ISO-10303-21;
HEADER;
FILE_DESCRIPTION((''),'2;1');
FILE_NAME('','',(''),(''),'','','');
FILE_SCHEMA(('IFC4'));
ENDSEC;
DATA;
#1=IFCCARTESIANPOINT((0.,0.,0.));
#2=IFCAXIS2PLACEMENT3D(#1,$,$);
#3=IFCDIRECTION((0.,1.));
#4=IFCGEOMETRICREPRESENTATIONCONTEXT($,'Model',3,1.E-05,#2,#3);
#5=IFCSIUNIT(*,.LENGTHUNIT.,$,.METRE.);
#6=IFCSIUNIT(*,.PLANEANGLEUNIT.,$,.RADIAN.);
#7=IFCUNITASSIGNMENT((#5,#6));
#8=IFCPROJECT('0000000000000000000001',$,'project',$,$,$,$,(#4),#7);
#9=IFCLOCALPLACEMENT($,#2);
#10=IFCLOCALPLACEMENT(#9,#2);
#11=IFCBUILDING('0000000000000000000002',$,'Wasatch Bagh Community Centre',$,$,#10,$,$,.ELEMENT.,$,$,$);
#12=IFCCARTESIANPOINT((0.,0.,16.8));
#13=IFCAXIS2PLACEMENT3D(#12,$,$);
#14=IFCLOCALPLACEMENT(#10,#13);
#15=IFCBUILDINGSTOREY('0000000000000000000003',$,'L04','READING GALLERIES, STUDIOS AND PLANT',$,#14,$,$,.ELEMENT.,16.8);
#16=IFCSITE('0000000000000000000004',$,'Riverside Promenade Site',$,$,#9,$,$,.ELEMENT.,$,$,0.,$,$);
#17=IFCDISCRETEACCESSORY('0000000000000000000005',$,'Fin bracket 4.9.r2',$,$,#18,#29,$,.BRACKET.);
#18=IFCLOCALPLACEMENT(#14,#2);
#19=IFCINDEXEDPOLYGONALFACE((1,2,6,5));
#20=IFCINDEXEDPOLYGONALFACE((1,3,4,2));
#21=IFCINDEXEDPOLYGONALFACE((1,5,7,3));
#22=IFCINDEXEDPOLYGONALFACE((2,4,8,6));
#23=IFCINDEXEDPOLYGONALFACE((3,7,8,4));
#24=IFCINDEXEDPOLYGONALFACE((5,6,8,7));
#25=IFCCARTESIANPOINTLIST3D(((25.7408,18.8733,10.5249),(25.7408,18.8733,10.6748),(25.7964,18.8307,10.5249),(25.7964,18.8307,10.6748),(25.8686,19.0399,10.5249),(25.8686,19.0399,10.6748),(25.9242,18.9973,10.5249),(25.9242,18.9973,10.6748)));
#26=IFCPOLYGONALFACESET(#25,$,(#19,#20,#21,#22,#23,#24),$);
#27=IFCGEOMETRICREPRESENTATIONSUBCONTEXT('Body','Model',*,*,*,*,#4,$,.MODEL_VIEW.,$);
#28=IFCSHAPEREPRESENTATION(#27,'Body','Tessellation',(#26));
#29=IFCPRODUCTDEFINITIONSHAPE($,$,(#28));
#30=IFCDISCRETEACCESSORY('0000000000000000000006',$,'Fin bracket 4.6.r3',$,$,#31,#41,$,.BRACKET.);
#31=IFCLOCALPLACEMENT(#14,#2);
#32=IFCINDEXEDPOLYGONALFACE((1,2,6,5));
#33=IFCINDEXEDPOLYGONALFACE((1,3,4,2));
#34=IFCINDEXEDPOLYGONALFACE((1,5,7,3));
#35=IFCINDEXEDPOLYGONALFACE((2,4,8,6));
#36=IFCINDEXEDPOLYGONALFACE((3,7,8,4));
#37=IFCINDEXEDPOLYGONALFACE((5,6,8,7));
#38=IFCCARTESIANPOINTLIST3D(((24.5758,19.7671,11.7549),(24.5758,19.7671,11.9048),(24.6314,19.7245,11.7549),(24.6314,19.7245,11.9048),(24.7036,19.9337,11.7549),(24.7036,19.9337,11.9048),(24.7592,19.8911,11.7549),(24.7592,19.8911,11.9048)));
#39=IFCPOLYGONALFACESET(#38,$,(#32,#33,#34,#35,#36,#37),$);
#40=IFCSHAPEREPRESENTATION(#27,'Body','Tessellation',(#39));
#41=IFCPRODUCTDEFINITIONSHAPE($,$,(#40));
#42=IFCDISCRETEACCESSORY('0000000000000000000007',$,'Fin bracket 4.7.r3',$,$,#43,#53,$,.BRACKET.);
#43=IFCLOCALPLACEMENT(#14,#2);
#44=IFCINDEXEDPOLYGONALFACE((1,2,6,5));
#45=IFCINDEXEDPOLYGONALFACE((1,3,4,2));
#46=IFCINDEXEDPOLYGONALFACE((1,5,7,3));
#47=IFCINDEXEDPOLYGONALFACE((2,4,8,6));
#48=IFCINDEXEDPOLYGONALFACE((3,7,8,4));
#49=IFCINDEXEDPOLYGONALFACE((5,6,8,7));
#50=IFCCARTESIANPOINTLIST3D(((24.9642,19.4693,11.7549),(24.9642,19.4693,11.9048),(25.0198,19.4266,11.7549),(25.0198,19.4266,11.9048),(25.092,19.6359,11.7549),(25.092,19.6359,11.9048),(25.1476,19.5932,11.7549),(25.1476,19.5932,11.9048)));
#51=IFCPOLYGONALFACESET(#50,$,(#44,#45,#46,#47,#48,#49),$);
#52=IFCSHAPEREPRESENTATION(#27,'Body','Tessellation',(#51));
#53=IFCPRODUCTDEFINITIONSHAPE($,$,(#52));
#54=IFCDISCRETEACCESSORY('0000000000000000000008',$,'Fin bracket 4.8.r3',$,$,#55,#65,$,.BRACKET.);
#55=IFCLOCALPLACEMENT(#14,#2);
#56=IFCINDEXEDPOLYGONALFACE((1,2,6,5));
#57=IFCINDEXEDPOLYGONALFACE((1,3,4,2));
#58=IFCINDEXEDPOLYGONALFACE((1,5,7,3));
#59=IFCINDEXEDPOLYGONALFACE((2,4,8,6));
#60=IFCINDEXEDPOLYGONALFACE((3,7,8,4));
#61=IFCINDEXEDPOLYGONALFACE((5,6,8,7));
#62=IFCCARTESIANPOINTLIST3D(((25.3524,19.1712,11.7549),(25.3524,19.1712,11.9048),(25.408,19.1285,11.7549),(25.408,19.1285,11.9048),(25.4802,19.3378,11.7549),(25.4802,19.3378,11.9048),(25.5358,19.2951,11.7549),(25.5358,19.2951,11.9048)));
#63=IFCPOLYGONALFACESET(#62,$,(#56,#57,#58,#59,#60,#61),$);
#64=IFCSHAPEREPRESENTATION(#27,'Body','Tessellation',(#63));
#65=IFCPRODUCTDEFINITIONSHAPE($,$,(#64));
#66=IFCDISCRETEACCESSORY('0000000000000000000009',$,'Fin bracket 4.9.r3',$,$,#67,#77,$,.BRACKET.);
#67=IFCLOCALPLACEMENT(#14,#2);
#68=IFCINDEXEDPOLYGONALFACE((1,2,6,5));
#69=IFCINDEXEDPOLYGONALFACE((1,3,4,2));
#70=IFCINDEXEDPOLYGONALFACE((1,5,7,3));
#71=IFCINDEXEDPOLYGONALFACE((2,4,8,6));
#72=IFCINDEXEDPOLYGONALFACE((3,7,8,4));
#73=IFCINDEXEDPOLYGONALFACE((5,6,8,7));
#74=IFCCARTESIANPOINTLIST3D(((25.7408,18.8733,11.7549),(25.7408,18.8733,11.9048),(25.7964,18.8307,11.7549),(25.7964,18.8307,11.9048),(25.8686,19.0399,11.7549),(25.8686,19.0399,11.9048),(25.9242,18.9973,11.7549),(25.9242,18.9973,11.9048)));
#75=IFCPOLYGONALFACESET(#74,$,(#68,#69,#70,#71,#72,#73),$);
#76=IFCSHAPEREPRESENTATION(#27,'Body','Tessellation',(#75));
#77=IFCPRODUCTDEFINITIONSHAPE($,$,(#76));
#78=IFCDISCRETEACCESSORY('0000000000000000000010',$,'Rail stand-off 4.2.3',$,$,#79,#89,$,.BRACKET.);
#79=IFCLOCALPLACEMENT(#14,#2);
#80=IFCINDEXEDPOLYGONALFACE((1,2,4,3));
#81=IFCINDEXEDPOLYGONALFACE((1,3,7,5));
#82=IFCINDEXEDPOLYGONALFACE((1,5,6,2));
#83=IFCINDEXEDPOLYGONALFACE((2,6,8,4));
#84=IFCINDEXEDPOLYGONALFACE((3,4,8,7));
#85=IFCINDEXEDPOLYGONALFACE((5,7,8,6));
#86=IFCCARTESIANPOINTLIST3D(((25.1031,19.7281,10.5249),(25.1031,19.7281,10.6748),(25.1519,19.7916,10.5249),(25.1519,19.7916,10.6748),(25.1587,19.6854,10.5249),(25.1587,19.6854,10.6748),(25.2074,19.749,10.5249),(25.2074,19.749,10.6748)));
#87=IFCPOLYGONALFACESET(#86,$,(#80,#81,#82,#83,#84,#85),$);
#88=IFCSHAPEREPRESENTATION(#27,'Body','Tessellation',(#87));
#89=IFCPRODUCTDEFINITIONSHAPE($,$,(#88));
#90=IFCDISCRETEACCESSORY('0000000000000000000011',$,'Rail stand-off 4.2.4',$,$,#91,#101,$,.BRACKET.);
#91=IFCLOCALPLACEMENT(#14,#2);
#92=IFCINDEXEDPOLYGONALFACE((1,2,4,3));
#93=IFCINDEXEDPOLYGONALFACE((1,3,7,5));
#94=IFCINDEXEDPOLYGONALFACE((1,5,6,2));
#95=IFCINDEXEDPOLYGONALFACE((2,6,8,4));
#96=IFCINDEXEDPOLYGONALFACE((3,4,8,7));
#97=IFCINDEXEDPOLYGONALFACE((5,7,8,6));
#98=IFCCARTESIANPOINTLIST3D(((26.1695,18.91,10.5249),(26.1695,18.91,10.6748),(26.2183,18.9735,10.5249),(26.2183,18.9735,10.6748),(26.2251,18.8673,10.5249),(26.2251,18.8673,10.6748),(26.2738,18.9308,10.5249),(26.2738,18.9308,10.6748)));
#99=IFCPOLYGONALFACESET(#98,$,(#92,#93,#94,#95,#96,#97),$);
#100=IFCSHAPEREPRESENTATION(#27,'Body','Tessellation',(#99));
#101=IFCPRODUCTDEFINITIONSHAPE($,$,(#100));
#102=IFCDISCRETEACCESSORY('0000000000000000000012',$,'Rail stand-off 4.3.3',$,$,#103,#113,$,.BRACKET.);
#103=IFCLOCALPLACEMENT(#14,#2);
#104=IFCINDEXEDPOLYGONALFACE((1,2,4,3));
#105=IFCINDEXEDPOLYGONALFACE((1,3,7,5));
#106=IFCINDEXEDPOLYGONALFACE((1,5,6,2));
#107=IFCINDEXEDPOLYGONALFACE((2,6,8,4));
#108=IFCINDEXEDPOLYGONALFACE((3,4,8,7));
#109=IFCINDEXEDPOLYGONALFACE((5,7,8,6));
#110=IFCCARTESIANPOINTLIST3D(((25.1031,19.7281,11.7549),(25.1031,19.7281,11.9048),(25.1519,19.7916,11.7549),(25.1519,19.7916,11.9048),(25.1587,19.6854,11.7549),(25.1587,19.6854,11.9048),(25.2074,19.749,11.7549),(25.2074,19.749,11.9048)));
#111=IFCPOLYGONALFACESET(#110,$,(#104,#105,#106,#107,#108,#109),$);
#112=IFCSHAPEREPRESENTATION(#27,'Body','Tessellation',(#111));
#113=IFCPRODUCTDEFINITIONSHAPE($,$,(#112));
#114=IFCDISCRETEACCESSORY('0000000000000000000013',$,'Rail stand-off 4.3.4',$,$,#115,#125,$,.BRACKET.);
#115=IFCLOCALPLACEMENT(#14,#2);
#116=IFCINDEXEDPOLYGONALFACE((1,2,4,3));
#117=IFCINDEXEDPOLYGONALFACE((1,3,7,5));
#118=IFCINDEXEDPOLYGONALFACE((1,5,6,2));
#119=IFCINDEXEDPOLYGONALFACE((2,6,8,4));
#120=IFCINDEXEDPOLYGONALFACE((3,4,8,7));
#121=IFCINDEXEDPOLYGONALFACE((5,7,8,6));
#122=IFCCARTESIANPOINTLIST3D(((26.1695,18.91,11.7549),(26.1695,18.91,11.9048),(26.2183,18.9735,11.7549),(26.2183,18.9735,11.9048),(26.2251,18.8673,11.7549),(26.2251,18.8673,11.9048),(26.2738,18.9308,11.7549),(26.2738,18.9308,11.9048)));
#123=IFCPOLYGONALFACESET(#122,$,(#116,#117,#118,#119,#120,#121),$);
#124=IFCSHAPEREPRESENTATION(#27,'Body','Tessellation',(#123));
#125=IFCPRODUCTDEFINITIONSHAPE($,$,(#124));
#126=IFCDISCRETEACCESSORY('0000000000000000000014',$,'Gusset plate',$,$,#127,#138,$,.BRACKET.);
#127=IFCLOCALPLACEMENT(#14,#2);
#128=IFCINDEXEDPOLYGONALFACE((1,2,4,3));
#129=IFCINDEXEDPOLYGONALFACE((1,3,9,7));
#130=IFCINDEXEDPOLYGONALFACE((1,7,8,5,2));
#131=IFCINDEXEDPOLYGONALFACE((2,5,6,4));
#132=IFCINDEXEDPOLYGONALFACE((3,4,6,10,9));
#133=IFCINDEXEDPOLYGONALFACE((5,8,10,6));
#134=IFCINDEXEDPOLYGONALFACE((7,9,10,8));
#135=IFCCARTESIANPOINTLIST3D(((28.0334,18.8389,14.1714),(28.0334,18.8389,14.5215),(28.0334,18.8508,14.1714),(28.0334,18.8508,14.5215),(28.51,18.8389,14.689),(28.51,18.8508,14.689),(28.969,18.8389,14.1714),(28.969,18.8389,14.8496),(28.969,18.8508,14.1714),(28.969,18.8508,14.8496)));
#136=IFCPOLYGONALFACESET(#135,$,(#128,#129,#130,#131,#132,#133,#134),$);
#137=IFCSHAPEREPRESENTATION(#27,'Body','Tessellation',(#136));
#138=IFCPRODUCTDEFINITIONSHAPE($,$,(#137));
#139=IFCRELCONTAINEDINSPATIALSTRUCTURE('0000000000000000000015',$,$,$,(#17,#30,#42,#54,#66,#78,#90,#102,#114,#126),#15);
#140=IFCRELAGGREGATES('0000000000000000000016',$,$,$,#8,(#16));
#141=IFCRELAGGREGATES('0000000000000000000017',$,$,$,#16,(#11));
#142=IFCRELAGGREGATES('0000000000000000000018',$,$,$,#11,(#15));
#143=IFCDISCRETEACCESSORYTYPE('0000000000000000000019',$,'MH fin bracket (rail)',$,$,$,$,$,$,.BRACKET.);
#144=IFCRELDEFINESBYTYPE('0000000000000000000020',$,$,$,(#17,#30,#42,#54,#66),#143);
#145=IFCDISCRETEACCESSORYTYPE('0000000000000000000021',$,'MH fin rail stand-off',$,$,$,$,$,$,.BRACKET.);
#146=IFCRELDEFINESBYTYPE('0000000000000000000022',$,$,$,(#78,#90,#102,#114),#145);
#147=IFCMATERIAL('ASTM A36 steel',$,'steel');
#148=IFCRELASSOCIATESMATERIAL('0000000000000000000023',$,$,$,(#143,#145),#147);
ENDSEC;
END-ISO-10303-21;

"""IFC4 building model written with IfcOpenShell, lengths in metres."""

from ifc_helpers import new_model, si_unit, direction, frame, origin, origin_2d, place, context, subcontext, project, spatial, polyline, rectangle, outline, extrude, material, type_object, element, save


model = new_model("IFC4")

# Units and contexts
model_context = context("Model", 3, precision=1e-05, world=origin(), true_north=direction((0.0, 1.0)))
body_context = subcontext(model_context, "Body", "Model", "MODEL_VIEW")
ifc_project = project(units=[si_unit("LENGTHUNIT", "METRE"), si_unit("PLANEANGLEUNIT", "RADIAN")], contexts=[model_context])

# Site, building, storey
site_placement = place(None, origin())
site = spatial("IfcSite", under=ifc_project, at=site_placement, Name="Riverside Promenade Site", CompositionType="ELEMENT", RefElevation=0.0)
building_placement = place(site_placement, origin())
building = spatial("IfcBuilding", under=site, at=building_placement, Name="Wasatch Bagh Community Centre", CompositionType="ELEMENT")
storey_placement = place(building_placement, frame((0.0, 0.0, 16.8)))
storey = spatial("IfcBuildingStorey", under=building, at=storey_placement, Name="L04", Description="READING GALLERIES, STUDIOS AND PLANT", CompositionType="ELEMENT", Elevation=16.8)

# Discrete accessories
ifc_material_1 = material(Name="ASTM A36 steel", Category="steel")
discrete_accessory_type_1 = type_object("IfcDiscreteAccessoryType", Name="MH fin bracket (rail)", PredefinedType="BRACKET", material=ifc_material_1)
for number, where, z_axis, x_axis, name in (
    (1, (25.8325, 18.9353, 10.5249), (0.0, 0.0, 1.0), (0.793353, -0.608761, 0.0), "Fin bracket 4.9.r2"),
    (2, (24.6675, 19.8291, 11.7549), (0.0, 0.0, 1.0), (0.793353, -0.608761, 0.0), "Fin bracket 4.6.r3"),
    (3, (25.0559, 19.5312, 11.7549), (0.0, 0.0, 1.0), (0.793353, -0.608761, 0.0), "Fin bracket 4.7.r3"),
    (4, (25.4441, 19.2332, 11.7549), (0.0, 0.0, 1.0), (0.793353, -0.608761, 0.0), "Fin bracket 4.8.r3"),
    (5, (25.8325, 18.9353, 11.7549), (0.0, 0.0, 1.0), (0.793353, -0.608761, 0.0), "Fin bracket 4.9.r3"),
):
    element("IfcDiscreteAccessory", number, at=place(storey_placement, frame(where, z_axis=z_axis, x_axis=x_axis)), inside=storey, type_object=discrete_accessory_type_1, Name=name, PredefinedType="BRACKET", context=body_context, shape_type="SweptSolid", body=[
        extrude(rectangle(XDim=0.0701, YDim=0.21, at=origin_2d()), origin(), (0.0, 0.0, 1.0), 0.1499),
    ])
discrete_accessory_type_2 = type_object("IfcDiscreteAccessoryType", Name="MH fin rail stand-off", PredefinedType="BRACKET", material=ifc_material_1)
for number, where, z_axis, x_axis, name in (
    (6, (25.1553, 19.7385, 10.5249), (0.0, 0.0, 1.0), (0.793353, -0.608761, 0.0), "Rail stand-off 4.2.3"),
    (7, (26.2217, 18.9204, 10.5249), (0.0, 0.0, 1.0), (0.793353, -0.608761, 0.0), "Rail stand-off 4.2.4"),
    (8, (25.1553, 19.7385, 11.7549), (0.0, 0.0, 1.0), (0.793353, -0.608761, 0.0), "Rail stand-off 4.3.3"),
    (9, (26.2217, 18.9204, 11.7549), (0.0, 0.0, 1.0), (0.793353, -0.608761, 0.0), "Rail stand-off 4.3.4"),
):
    element("IfcDiscreteAccessory", number, at=place(storey_placement, frame(where, z_axis=z_axis, x_axis=x_axis)), inside=storey, type_object=discrete_accessory_type_2, Name=name, PredefinedType="BRACKET", context=body_context, shape_type="SweptSolid", body=[
        extrude(rectangle(XDim=0.0701, YDim=0.0801, at=origin_2d()), origin(), (0.0, 0.0, 1.0), 0.1499),
    ])
discrete_accessory_placement = place(storey_placement, frame((28.0334, 18.8508, 14.5215), z_axis=(0.0, 1.0, 0.0), x_axis=(0.943436, 0.0, 0.331556)))
element("IfcDiscreteAccessory", 10, at=discrete_accessory_placement, inside=storey, Name="Gusset plate", PredefinedType="BRACKET", context=body_context, shape_type="SweptSolid", body=[
    extrude(outline(polyline([(0.0, 0.0), (0.5051, 0.0), (0.9914, 0.0006), (0.7666, 0.6405), (-0.1161, 0.3303), (0.0, 0.0)])), origin(), (0.0, 0.0, -1.0), 0.012),
])

save(model, "model.ifc")
